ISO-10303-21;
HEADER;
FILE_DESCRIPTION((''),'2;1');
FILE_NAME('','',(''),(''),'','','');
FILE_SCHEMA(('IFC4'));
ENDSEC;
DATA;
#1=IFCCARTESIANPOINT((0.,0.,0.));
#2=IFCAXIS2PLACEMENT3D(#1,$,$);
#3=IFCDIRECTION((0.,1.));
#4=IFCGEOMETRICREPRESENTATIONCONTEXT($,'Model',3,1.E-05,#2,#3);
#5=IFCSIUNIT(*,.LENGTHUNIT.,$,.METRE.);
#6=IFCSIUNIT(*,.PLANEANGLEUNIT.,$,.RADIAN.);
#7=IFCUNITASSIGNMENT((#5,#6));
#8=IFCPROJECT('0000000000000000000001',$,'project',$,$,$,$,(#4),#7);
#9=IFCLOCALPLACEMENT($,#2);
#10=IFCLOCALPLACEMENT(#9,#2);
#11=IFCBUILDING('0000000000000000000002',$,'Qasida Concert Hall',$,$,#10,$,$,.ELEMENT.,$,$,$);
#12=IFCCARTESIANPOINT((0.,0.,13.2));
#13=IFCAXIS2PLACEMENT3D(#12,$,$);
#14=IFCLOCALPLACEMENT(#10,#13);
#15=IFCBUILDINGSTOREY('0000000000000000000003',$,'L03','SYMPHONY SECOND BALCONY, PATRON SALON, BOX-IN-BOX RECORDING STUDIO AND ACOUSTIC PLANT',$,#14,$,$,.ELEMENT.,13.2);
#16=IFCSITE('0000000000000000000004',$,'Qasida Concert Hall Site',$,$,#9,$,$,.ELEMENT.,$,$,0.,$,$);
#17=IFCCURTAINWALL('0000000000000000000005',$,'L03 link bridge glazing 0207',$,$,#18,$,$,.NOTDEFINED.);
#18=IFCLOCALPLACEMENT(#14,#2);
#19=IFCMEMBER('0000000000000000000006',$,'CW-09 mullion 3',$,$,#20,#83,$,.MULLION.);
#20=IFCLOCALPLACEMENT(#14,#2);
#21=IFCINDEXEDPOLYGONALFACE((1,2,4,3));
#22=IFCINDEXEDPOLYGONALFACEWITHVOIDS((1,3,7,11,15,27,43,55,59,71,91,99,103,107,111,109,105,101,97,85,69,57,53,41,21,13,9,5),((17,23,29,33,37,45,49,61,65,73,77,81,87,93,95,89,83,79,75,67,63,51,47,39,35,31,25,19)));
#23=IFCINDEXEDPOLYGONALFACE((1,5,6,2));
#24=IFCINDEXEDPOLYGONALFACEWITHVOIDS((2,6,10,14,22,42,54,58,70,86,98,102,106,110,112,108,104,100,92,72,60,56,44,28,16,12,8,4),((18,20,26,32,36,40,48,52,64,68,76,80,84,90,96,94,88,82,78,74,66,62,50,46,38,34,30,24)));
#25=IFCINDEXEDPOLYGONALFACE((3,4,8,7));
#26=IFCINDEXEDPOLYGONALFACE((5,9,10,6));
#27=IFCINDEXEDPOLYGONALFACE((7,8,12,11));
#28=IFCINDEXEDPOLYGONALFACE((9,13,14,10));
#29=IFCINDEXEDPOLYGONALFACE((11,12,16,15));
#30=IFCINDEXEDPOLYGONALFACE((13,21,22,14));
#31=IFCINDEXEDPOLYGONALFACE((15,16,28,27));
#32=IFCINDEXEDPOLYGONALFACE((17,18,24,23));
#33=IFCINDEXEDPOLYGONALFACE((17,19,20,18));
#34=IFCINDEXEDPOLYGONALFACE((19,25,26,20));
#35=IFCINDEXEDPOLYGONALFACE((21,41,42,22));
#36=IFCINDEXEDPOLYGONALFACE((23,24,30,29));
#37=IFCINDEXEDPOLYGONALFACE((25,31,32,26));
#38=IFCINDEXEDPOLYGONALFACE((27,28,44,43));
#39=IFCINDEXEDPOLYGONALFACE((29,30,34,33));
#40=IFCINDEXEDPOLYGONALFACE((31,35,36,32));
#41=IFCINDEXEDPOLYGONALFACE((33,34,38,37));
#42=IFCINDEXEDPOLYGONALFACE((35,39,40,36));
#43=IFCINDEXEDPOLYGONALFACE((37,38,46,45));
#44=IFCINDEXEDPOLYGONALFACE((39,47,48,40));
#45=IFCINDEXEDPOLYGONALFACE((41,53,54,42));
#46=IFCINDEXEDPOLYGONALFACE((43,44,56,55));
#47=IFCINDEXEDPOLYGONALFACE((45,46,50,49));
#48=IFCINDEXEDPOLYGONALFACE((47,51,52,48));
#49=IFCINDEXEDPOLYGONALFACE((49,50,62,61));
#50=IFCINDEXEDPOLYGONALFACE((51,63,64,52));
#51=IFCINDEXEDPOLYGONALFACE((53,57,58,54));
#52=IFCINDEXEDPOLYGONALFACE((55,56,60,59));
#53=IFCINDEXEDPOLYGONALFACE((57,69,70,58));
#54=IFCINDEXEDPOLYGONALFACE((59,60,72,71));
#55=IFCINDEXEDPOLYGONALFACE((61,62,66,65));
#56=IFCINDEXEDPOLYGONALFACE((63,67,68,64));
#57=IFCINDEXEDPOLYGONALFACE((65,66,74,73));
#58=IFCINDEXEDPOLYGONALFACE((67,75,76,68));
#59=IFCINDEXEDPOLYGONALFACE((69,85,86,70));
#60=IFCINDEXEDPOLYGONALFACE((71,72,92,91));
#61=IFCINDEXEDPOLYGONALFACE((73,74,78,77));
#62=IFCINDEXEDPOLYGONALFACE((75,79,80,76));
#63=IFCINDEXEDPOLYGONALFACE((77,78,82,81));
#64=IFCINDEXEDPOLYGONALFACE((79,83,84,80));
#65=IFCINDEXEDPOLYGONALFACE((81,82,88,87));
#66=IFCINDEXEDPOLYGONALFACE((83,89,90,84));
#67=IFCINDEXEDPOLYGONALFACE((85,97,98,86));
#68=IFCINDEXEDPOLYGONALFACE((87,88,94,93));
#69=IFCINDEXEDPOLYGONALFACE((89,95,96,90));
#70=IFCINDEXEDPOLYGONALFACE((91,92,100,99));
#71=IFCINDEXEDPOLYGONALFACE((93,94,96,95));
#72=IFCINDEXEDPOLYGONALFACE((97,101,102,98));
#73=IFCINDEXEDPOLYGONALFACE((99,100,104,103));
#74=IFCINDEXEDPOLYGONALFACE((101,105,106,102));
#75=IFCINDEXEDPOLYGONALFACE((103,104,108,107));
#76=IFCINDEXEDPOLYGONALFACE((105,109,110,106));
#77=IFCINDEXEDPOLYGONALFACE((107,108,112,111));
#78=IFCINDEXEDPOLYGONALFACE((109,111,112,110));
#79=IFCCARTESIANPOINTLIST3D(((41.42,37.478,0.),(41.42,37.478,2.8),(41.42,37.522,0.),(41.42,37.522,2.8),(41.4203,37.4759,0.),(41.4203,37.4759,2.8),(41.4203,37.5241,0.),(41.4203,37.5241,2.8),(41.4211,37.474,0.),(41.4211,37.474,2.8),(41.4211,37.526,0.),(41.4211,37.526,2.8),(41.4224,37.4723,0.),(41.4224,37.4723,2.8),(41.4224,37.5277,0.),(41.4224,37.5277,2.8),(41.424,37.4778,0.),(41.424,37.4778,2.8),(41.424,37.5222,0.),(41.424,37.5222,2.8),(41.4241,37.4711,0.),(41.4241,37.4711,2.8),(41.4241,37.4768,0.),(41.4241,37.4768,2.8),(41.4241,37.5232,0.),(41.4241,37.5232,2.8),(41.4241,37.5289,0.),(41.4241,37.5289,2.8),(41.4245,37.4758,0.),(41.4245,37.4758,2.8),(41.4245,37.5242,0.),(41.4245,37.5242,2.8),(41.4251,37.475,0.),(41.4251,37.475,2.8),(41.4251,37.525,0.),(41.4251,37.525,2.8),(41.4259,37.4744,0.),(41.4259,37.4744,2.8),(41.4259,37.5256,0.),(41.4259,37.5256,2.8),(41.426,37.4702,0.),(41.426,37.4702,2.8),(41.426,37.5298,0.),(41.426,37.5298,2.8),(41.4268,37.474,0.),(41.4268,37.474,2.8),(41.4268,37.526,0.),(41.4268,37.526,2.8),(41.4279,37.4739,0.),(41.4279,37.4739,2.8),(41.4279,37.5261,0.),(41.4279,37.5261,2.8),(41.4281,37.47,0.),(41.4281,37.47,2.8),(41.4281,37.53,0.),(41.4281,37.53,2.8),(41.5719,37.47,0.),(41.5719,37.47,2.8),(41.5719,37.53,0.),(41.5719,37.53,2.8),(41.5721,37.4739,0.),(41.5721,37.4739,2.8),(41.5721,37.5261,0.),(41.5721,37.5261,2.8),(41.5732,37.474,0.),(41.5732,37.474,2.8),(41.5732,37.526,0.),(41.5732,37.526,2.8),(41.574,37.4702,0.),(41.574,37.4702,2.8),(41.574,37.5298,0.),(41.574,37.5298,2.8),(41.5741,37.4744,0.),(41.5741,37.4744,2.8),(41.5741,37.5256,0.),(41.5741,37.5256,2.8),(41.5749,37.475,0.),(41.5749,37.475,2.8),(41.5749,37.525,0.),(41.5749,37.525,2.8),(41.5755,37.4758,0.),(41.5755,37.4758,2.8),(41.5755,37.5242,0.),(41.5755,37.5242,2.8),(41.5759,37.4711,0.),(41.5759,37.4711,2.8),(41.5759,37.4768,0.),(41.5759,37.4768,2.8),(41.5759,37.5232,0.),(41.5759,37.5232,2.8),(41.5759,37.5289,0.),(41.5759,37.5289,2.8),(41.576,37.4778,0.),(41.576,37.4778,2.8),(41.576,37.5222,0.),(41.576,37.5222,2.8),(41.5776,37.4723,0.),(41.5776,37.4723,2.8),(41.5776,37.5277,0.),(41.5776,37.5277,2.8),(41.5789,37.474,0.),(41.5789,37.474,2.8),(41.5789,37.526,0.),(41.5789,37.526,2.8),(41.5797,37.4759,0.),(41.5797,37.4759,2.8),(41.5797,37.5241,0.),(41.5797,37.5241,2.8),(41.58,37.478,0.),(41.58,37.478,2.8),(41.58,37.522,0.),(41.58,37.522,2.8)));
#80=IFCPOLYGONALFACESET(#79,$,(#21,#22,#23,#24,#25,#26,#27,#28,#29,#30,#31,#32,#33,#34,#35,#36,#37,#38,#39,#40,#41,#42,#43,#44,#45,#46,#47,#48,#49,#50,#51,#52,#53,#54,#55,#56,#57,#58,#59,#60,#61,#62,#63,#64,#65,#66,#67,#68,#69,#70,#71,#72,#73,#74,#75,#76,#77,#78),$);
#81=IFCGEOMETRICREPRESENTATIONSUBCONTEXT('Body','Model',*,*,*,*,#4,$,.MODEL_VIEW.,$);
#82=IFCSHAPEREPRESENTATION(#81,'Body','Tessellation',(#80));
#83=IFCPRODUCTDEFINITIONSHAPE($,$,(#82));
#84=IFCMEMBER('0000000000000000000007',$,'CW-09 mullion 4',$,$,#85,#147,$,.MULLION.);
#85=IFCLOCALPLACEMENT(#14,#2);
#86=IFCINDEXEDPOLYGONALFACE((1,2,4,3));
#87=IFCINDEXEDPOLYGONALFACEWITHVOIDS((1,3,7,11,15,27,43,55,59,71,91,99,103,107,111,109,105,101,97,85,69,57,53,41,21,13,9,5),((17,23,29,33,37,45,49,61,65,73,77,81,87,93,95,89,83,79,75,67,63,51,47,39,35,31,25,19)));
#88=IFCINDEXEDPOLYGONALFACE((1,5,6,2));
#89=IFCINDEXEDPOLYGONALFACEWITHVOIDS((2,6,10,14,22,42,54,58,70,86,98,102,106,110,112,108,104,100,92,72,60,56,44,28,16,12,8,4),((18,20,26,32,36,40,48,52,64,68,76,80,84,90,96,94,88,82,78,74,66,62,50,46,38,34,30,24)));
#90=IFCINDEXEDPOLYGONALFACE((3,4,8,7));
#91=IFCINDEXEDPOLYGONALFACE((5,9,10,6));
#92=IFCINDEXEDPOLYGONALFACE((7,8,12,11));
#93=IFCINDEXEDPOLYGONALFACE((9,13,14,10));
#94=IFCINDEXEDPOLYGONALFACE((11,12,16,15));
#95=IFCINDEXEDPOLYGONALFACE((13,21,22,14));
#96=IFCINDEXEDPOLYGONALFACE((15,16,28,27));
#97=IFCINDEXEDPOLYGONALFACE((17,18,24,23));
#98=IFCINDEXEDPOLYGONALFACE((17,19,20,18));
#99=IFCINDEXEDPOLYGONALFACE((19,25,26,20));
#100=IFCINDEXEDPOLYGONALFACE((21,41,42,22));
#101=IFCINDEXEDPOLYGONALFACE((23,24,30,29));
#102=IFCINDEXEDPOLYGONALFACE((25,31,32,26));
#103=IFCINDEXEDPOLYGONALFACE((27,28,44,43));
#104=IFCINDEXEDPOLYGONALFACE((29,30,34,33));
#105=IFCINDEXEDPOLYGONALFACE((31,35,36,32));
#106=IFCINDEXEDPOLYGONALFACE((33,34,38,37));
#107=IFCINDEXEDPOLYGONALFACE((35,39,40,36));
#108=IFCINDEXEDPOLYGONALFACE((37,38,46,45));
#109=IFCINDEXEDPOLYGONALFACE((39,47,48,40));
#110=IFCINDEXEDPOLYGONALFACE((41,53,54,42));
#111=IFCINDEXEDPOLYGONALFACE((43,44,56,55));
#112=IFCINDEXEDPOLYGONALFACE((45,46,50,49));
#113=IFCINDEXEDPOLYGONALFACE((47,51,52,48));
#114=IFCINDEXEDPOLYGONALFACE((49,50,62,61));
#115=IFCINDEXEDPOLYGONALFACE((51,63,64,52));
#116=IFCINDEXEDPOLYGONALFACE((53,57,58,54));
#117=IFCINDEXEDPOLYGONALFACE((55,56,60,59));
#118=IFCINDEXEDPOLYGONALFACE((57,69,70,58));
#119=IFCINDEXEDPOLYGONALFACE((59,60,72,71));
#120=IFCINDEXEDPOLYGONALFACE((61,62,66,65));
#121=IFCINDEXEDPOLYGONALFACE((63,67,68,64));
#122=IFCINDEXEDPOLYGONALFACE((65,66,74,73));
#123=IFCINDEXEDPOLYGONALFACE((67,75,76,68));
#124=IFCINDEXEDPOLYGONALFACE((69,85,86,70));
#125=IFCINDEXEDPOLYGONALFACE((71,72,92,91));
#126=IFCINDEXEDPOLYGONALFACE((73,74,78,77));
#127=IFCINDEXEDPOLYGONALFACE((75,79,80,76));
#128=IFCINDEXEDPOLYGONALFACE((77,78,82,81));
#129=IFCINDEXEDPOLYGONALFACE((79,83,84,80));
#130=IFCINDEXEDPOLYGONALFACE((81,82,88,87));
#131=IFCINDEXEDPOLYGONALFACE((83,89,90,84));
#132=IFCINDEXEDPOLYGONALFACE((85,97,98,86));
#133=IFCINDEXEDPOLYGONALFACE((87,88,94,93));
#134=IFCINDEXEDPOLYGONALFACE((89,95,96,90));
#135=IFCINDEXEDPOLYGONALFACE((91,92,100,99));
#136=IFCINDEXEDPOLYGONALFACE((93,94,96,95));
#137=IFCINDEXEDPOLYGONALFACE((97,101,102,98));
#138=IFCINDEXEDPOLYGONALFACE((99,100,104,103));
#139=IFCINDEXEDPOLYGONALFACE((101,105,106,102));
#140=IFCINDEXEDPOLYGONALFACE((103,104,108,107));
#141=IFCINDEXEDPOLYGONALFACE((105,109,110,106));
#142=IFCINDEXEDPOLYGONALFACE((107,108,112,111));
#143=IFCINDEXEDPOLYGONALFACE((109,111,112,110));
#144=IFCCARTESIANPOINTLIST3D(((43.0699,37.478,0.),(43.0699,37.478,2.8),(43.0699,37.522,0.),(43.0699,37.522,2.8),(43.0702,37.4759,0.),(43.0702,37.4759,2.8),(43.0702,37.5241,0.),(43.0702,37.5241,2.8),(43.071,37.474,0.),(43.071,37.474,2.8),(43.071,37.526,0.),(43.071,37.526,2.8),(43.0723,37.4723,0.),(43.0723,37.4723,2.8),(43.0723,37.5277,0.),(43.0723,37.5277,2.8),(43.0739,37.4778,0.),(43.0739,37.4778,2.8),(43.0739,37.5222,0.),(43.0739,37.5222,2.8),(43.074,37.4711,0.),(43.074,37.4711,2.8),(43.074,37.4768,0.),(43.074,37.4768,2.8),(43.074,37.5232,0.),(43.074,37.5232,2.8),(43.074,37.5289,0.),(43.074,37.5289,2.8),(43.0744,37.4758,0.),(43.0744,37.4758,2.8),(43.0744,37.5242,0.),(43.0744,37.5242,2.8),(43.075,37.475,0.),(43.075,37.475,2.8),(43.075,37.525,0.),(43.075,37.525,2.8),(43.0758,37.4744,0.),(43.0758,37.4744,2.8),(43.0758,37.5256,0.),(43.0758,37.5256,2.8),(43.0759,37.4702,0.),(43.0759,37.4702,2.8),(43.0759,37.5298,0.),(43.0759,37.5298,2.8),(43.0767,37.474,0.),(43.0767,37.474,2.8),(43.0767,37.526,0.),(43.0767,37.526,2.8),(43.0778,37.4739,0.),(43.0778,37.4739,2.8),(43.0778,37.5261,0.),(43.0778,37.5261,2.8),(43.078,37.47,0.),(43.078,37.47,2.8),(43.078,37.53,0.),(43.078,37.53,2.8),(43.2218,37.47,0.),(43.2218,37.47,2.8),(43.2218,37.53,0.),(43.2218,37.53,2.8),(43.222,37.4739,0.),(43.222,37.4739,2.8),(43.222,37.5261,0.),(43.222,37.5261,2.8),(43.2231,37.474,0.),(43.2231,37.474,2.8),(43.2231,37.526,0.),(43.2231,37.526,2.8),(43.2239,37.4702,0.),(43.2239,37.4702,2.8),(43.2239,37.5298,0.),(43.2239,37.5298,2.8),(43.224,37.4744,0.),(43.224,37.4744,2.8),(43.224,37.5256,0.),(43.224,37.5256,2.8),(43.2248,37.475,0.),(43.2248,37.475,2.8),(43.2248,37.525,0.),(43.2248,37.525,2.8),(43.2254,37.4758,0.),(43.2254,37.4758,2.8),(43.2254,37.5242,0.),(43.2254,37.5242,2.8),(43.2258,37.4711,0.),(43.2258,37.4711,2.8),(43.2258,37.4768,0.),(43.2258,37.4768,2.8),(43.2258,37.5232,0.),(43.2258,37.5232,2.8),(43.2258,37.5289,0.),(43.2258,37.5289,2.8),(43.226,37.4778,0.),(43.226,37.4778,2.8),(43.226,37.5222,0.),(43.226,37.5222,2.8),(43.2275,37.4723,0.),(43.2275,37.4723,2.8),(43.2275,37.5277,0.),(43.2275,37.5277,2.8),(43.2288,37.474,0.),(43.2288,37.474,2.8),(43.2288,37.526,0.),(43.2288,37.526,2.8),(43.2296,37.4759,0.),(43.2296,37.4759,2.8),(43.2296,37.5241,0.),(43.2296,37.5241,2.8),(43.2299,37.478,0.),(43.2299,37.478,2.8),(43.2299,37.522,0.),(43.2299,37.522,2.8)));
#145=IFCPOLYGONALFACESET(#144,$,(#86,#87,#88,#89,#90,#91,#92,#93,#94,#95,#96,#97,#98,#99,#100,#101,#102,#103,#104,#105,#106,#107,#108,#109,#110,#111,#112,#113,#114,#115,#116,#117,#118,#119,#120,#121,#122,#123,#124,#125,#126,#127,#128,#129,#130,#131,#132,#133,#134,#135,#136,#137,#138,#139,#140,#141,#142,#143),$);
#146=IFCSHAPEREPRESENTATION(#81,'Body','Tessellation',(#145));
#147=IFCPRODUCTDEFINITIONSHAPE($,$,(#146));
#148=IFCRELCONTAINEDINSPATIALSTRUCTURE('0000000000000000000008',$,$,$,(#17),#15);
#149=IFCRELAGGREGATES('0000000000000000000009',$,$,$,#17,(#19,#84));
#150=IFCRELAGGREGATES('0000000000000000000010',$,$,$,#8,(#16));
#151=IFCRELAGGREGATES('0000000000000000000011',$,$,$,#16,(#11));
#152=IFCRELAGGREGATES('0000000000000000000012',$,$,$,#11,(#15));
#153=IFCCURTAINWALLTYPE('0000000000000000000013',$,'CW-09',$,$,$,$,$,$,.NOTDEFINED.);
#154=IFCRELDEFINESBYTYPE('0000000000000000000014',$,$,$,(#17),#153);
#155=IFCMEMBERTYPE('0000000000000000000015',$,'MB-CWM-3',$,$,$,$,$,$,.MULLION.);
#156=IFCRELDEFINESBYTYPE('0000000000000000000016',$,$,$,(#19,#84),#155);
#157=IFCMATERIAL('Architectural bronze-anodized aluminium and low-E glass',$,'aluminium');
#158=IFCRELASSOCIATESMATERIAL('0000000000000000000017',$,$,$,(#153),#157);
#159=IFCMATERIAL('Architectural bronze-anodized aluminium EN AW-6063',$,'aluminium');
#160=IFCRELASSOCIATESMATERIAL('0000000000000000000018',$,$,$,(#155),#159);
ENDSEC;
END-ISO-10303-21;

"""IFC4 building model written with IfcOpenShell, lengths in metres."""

from ifc_helpers import new_model, si_unit, direction, frame, origin, origin_2d, place, context, subcontext, project, spatial, hollow_rectangle, extrude, material, material_profile, profile_set, type_object, element, aggregate, save


model = new_model("IFC4")

# Units and contexts
model_context = context("Model", 3, precision=1e-05, world=origin(), true_north=direction((0.0, 1.0)))
body_context = subcontext(model_context, "Body", "Model", "MODEL_VIEW")
ifc_project = project(units=[si_unit("LENGTHUNIT", "METRE"), si_unit("PLANEANGLEUNIT", "RADIAN")], contexts=[model_context])

# Site, building, storey
site_placement = place(None, origin())
site = spatial("IfcSite", under=ifc_project, at=site_placement, Name="Qasida Concert Hall Site", CompositionType="ELEMENT", RefElevation=0.0)
building_placement = place(site_placement, origin())
building = spatial("IfcBuilding", under=site, at=building_placement, Name="Qasida Concert Hall", CompositionType="ELEMENT")
storey_placement = place(building_placement, frame((0.0, 0.0, 13.2)))
storey = spatial("IfcBuildingStorey", under=building, at=storey_placement, Name="L03", Description="SYMPHONY SECOND BALCONY, PATRON SALON, BOX-IN-BOX RECORDING STUDIO AND ACOUSTIC PLANT", CompositionType="ELEMENT", Elevation=13.2)

# Curtain wall, members
ifc_material_1 = material(Name="Architectural bronze-anodized aluminium and low-E glass", Category="aluminium")
curtain_wall_type = type_object("IfcCurtainWallType", Name="CW-09", PredefinedType="NOTDEFINED", material=ifc_material_1)
curtain_wall_placement = place(storey_placement, origin())
curtain_wall = element("IfcCurtainWall", 1, at=curtain_wall_placement, inside=storey, type_object=curtain_wall_type, Name="L03 link bridge glazing 0207", PredefinedType="NOTDEFINED")
ifc_material_2 = material(Name="Architectural bronze-anodized aluminium EN AW-6063", Category="aluminium")
ifc_material_profile_1 = material_profile(ifc_material_2, hollow_rectangle(XDim=0.0601, YDim=0.1599, WallThickness=0.0039, InnerFilletRadius=0.0039, OuterFilletRadius=0.0081, at=origin_2d()), Name="CWM 160x60x4")
ifc_profile_set_1 = profile_set([ifc_material_profile_1], Name="Architectural bronze-anodized aluminium EN AW-6063")
member_type_1 = type_object("IfcMemberType", Name="MB-CWM-3", PredefinedType="MULLION", material=ifc_profile_set_1)
member_1_placement = place(storey_placement, frame((41.5, 37.5, 0.0), z_axis=(0.0, 0.0, 1.0), x_axis=(0.0, 1.0, 0.0)))
member_1 = element("IfcMember", 2, at=member_1_placement, type_object=member_type_1, Name="CW-09 mullion 3", PredefinedType="MULLION", context=body_context, shape_type="SweptSolid", body=[
    extrude(hollow_rectangle(XDim=0.0601, YDim=0.1599, WallThickness=0.0039, InnerFilletRadius=0.0039, OuterFilletRadius=0.0081, at=origin_2d()), origin(), (0.0, 0.0, 1.0), 2.8),
])
member_2_placement = place(storey_placement, frame((43.1499, 37.5, 0.0), z_axis=(0.0, 0.0, 1.0), x_axis=(0.0, 1.0, 0.0)))
member_2 = element("IfcMember", 3, at=member_2_placement, type_object=member_type_1, Name="CW-09 mullion 4", PredefinedType="MULLION", context=body_context, shape_type="SweptSolid", body=[
    extrude(hollow_rectangle(XDim=0.0601, YDim=0.1599, WallThickness=0.0039, InnerFilletRadius=0.0039, OuterFilletRadius=0.0081, at=origin_2d()), origin(), (0.0, 0.0, 1.0), 2.8),
])
aggregate(curtain_wall, [member_1, member_2])

save(model, "model.ifc")
